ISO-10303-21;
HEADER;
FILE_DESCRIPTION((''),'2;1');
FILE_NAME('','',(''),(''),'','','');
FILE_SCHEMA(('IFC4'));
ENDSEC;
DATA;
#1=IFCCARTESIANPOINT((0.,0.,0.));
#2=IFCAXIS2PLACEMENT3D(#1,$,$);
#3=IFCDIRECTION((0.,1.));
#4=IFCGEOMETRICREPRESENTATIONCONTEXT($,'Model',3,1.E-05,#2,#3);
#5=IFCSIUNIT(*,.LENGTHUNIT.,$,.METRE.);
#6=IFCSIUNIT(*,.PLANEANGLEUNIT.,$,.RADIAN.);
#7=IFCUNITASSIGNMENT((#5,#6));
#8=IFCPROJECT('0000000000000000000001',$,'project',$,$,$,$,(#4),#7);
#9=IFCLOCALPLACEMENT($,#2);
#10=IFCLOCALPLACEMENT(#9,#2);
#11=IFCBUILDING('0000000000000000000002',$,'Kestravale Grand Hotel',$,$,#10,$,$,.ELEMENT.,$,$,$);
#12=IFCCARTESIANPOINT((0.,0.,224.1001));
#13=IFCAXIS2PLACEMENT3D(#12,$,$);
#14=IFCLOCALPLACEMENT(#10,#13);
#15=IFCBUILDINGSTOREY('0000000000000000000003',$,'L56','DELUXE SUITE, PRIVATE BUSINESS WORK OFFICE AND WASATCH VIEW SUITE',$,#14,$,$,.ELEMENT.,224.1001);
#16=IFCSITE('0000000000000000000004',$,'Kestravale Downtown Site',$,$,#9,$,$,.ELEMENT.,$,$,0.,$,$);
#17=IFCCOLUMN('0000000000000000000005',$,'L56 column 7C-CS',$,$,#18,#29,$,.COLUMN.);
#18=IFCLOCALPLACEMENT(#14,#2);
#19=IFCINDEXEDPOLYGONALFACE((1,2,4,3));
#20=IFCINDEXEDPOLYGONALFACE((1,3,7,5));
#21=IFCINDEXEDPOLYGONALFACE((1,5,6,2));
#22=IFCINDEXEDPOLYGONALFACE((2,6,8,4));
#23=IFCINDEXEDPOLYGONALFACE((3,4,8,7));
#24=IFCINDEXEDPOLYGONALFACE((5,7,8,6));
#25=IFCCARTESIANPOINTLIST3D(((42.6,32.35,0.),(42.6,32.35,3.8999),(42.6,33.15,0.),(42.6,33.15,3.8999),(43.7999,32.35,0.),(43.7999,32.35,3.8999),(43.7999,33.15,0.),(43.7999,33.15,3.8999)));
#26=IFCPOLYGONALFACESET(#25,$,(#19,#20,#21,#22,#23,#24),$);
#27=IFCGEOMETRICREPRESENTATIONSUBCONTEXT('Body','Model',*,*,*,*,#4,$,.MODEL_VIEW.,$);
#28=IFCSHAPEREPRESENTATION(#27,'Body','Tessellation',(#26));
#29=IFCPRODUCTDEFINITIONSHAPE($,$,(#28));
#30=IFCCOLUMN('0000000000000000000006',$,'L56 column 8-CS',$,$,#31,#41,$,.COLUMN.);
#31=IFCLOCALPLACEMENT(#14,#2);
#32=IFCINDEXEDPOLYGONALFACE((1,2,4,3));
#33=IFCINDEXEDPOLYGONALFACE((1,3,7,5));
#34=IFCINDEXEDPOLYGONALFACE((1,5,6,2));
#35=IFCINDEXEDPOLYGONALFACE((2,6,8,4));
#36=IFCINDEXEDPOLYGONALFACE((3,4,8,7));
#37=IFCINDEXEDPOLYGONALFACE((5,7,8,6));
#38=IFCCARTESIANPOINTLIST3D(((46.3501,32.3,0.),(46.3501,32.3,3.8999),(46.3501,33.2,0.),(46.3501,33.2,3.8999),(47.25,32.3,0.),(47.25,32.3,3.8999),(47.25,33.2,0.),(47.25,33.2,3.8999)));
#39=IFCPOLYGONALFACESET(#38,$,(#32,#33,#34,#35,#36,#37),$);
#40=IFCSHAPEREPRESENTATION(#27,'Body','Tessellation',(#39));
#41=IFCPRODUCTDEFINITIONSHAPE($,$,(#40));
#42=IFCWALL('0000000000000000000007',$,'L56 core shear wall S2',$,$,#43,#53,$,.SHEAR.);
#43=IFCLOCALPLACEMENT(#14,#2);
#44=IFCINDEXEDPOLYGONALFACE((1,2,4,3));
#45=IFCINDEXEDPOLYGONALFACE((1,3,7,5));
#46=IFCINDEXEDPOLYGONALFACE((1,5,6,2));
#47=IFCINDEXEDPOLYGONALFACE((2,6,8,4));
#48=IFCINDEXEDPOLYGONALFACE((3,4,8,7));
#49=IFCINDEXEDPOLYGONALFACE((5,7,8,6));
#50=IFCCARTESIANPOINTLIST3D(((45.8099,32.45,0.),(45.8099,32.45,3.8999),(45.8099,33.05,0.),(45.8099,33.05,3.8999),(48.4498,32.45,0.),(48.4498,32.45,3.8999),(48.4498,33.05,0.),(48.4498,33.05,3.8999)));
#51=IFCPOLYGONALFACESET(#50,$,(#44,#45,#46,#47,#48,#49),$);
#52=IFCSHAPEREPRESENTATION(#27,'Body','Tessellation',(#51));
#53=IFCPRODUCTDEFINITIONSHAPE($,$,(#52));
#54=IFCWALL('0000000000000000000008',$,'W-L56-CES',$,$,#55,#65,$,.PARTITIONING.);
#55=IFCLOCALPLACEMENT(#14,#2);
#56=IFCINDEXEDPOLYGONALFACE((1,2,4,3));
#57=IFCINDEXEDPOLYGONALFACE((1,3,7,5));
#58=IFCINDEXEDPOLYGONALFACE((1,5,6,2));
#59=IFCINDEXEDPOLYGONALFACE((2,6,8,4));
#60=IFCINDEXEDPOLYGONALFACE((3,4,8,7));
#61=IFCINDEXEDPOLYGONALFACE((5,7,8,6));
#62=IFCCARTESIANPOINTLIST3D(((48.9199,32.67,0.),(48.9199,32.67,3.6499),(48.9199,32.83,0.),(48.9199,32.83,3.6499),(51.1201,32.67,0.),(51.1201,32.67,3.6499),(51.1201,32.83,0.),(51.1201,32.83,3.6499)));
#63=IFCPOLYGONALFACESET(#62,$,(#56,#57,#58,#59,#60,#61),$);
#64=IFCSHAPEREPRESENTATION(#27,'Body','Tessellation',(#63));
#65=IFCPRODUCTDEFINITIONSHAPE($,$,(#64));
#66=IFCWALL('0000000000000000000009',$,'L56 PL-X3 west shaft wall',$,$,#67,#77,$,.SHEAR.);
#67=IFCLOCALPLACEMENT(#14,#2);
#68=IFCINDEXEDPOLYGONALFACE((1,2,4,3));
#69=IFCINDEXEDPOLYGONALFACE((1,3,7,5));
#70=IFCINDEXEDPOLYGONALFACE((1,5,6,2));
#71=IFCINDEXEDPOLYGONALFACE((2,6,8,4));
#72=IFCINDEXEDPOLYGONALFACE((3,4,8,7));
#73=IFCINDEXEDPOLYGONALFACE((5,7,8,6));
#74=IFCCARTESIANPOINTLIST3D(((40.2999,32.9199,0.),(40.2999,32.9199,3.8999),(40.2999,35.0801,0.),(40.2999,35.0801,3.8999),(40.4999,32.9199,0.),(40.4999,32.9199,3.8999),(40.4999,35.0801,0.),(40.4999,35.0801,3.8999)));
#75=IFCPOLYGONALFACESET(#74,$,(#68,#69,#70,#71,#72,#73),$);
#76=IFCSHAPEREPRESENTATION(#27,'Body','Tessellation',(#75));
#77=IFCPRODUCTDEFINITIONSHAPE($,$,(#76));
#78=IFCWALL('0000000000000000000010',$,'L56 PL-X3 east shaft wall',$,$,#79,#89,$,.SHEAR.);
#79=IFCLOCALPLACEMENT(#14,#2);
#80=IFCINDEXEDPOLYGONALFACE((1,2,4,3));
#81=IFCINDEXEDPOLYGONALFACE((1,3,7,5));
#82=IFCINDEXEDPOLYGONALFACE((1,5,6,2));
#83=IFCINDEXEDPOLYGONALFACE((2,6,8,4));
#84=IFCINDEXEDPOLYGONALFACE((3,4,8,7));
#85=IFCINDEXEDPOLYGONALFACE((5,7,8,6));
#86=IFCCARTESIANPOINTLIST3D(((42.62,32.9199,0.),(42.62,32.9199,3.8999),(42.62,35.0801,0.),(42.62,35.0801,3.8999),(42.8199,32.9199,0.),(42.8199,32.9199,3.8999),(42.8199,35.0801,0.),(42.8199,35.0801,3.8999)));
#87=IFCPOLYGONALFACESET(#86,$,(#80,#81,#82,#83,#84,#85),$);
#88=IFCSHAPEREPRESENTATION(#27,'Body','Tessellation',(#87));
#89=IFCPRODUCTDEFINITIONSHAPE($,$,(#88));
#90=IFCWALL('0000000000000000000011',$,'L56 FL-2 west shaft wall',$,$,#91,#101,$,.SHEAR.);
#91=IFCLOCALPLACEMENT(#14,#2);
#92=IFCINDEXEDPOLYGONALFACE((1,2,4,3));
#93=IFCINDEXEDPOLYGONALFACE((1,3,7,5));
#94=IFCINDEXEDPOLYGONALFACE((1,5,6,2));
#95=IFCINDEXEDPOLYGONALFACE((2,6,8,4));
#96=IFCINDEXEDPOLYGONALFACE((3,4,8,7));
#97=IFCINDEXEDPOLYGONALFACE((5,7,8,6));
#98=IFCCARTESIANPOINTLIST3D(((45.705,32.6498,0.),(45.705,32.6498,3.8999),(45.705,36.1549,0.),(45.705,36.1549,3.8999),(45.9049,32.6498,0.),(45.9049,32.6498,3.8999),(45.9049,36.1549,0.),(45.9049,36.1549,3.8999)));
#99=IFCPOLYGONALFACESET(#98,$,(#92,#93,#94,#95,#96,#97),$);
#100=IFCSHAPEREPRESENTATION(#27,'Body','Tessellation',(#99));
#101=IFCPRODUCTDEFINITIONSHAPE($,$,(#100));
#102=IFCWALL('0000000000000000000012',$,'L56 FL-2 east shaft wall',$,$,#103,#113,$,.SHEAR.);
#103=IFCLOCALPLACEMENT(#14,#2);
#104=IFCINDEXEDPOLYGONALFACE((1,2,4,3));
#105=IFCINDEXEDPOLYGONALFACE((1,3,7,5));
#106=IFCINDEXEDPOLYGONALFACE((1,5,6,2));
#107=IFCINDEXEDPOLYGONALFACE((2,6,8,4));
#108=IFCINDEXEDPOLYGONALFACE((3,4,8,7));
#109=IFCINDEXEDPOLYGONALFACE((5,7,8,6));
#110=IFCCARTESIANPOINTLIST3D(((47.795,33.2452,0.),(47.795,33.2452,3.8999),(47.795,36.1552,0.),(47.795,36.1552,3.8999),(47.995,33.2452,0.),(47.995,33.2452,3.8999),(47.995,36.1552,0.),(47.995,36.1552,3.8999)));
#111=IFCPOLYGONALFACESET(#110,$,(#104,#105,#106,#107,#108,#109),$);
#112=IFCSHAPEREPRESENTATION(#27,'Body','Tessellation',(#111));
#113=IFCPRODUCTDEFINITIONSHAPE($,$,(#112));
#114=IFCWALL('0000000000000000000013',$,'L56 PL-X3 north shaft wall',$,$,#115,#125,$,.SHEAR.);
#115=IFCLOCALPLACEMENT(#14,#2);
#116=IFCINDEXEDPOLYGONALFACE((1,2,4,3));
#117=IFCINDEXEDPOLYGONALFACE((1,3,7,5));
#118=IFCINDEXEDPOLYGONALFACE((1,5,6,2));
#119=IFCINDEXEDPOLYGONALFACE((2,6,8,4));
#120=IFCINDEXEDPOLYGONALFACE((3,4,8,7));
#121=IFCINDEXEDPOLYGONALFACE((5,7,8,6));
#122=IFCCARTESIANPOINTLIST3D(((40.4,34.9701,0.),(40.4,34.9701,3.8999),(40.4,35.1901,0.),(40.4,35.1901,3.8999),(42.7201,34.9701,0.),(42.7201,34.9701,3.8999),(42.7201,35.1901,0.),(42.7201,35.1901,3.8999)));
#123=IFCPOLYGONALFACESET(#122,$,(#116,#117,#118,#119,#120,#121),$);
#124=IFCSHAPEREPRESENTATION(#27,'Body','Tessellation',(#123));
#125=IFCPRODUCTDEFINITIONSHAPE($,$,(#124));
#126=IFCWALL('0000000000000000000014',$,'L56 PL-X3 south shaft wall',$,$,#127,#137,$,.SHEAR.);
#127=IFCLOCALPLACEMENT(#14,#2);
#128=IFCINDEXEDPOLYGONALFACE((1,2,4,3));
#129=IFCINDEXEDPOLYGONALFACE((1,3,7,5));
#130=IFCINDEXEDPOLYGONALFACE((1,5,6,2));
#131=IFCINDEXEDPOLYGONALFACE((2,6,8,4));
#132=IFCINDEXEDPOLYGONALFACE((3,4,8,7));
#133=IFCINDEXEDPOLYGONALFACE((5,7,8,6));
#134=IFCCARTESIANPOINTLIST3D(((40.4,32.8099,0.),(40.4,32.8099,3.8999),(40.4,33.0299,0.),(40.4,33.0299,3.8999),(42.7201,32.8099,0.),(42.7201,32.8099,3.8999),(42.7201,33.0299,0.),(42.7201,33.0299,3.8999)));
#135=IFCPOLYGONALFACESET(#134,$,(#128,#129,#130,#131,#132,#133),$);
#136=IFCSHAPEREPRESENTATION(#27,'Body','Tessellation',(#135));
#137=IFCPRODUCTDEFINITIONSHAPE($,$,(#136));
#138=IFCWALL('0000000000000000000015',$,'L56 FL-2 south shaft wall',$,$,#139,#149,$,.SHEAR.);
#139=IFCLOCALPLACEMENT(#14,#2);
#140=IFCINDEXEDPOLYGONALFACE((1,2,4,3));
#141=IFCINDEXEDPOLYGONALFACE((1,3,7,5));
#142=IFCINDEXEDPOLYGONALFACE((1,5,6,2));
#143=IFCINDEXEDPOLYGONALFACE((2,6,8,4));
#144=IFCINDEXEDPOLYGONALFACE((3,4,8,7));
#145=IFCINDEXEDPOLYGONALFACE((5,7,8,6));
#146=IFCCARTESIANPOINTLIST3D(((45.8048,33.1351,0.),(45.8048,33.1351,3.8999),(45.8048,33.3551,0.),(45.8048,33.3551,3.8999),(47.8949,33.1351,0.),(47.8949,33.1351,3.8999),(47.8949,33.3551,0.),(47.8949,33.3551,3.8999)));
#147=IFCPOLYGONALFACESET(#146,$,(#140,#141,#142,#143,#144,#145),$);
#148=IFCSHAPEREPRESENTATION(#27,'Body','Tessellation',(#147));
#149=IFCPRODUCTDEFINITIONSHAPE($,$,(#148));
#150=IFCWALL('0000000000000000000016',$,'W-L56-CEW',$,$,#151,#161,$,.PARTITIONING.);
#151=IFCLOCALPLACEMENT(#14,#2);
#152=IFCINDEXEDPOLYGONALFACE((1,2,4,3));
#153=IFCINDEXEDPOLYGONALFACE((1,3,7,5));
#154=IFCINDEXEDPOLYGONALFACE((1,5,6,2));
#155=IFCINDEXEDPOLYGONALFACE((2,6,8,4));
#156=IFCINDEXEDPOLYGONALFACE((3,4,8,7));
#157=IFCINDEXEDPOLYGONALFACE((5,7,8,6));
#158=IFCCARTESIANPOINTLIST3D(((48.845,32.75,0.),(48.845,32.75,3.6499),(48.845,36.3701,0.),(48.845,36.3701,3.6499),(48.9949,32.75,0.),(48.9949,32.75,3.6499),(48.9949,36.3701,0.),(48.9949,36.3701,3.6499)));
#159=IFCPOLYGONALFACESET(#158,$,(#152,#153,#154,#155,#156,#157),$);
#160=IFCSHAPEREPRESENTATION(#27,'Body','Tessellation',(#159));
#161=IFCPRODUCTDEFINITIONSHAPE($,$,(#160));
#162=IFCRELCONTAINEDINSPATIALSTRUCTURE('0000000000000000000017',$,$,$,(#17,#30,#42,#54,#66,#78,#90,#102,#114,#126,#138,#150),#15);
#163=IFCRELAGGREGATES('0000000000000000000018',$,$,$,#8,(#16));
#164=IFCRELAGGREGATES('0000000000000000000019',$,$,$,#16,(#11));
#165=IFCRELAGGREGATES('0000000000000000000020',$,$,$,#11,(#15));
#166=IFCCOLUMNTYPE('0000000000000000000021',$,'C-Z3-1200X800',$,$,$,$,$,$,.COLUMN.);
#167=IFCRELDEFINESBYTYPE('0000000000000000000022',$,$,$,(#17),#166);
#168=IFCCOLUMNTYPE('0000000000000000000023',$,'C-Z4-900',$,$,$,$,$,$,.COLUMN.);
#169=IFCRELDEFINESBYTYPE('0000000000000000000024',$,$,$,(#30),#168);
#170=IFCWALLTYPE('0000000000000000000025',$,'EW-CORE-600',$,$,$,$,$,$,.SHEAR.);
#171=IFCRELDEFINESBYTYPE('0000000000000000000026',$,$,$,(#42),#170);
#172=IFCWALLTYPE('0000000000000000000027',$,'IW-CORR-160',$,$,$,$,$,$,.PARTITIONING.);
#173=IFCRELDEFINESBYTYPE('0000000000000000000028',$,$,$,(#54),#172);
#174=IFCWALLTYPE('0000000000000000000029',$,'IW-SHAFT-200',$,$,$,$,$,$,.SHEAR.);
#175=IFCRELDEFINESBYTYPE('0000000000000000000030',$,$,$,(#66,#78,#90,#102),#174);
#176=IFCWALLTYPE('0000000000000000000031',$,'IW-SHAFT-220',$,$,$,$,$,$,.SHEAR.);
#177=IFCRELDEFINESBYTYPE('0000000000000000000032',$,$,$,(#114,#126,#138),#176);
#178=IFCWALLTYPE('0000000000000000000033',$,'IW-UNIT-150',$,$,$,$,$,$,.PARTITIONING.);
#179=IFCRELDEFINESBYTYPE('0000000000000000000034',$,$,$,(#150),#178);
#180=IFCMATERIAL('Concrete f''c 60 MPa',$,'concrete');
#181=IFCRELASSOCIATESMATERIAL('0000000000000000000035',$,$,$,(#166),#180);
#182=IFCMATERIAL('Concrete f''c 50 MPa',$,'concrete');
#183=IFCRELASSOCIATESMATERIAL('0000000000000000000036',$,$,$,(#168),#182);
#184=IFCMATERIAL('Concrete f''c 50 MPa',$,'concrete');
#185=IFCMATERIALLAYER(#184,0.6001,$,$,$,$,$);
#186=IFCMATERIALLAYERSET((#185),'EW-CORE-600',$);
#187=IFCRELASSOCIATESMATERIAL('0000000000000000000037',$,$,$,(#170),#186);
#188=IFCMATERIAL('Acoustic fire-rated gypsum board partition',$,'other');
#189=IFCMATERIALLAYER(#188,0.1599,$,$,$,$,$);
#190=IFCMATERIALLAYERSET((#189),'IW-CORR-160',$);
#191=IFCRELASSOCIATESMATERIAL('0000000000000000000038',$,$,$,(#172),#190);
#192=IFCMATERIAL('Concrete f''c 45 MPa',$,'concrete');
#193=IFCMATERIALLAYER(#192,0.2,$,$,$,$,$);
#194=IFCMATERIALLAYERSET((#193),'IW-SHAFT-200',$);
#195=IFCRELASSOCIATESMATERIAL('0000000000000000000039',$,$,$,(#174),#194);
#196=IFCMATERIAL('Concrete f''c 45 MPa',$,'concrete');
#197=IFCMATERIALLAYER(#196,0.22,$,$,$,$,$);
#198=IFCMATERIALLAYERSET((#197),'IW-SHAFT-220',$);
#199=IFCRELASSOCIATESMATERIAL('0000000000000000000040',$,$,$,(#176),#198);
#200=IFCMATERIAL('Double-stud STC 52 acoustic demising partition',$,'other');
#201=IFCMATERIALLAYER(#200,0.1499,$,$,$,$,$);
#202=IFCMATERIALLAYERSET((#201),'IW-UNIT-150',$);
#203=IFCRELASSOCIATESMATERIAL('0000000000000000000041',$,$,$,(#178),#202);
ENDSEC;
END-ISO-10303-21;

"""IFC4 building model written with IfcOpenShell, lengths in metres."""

from ifc_helpers import new_model, si_unit, direction, frame, frame_2d, origin, origin_2d, place, context, subcontext, project, spatial, rectangle, extrude, material, layer, layer_set, material_profile, profile_set, type_object, element, save


model = new_model("IFC4")

# Units and contexts
model_context = context("Model", 3, precision=1e-05, world=origin(), true_north=direction((0.0, 1.0)))
body_context = subcontext(model_context, "Body", "Model", "MODEL_VIEW")
ifc_project = project(units=[si_unit("LENGTHUNIT", "METRE"), si_unit("PLANEANGLEUNIT", "RADIAN")], contexts=[model_context])

# Site, building, storey
site_placement = place(None, origin())
site = spatial("IfcSite", under=ifc_project, at=site_placement, Name="Kestravale Downtown Site", CompositionType="ELEMENT", RefElevation=0.0)
building_placement = place(site_placement, origin())
building = spatial("IfcBuilding", under=site, at=building_placement, Name="Kestravale Grand Hotel", CompositionType="ELEMENT")
storey_placement = place(building_placement, frame((0.0, 0.0, 224.1001)))
storey = spatial("IfcBuildingStorey", under=building, at=storey_placement, Name="L56", Description="DELUXE SUITE, PRIVATE BUSINESS WORK OFFICE AND WASATCH VIEW SUITE", CompositionType="ELEMENT", Elevation=224.1001)

# Columns
ifc_material_1 = material(Name="Concrete f'c 60 MPa", Category="concrete")
ifc_material_profile_1 = material_profile(ifc_material_1, rectangle(XDim=1.2, YDim=0.8, at=origin_2d()))
ifc_profile_set_1 = profile_set([ifc_material_profile_1], Name="Concrete f'c 60 MPa")
column_type_1 = type_object("IfcColumnType", Name="C-Z3-1200X800", PredefinedType="COLUMN", material=ifc_profile_set_1)
column_1_placement = place(storey_placement, frame((43.2, 32.75, 0.0), z_axis=(0.0, 0.0, 1.0), x_axis=(1.0, 0.0, 0.0)))
element("IfcColumn", 1, at=column_1_placement, inside=storey, type_object=column_type_1, Name="L56 column 7C-CS", PredefinedType="COLUMN", context=body_context, shape_type="SweptSolid", body=[
    extrude(rectangle(XDim=1.2, YDim=0.8, at=origin_2d()), origin(), (0.0, 0.0, 1.0), 3.8999),
])
ifc_material_2 = material(Name="Concrete f'c 50 MPa", Category="concrete")
ifc_material_profile_2 = material_profile(ifc_material_2, rectangle(XDim=0.8999, YDim=0.8999, at=origin_2d()))
ifc_profile_set_2 = profile_set([ifc_material_profile_2], Name="Concrete f'c 50 MPa")
column_type_2 = type_object("IfcColumnType", Name="C-Z4-900", PredefinedType="COLUMN", material=ifc_profile_set_2)
column_2_placement = place(storey_placement, frame((46.8, 32.75, 0.0), z_axis=(0.0, 0.0, 1.0), x_axis=(1.0, 0.0, 0.0)))
element("IfcColumn", 2, at=column_2_placement, inside=storey, type_object=column_type_2, Name="L56 column 8-CS", PredefinedType="COLUMN", context=body_context, shape_type="SweptSolid", body=[
    extrude(rectangle(XDim=0.8999, YDim=0.8999, at=origin_2d()), origin(), (0.0, 0.0, 1.0), 3.8999),
])

# Wall
ifc_material_3 = material(Name="Concrete f'c 50 MPa", Category="concrete")
ifc_layer_1 = layer(ifc_material_3, 0.6001)
ifc_layer_set_1 = layer_set([ifc_layer_1], Name="EW-CORE-600")
wall_type_1 = type_object("IfcWallType", Name="EW-CORE-600", PredefinedType="SHEAR", material=ifc_layer_set_1)
wall_1_placement = place(storey_placement, frame((45.8101, 32.75, 0.0), z_axis=(0.0, 0.0, 1.0), x_axis=(1.0, 0.0, 0.0)))
element("IfcWall", 3, at=wall_1_placement, inside=storey, type_object=wall_type_1, Name="L56 core shear wall S2", PredefinedType="SHEAR", context=body_context, shape_type="SweptSolid", body=[
    extrude(rectangle(XDim=2.6399, YDim=0.6001, at=frame_2d((1.3198, 0.0))), origin(), (0.0, 0.0, 1.0), 3.8999),
])

# Wall
ifc_material_4 = material(Name="Acoustic fire-rated gypsum board partition", Category="other")
ifc_layer_2 = layer(ifc_material_4, 0.1599)
ifc_layer_set_2 = layer_set([ifc_layer_2], Name="IW-CORR-160")
wall_type_2 = type_object("IfcWallType", Name="IW-CORR-160", PredefinedType="PARTITIONING", material=ifc_layer_set_2)
wall_2_placement = place(storey_placement, frame((48.9199, 32.75, 0.0), z_axis=(0.0, 0.0, 1.0), x_axis=(1.0, 0.0, 0.0)))
element("IfcWall", 4, at=wall_2_placement, inside=storey, type_object=wall_type_2, Name="W-L56-CES", PredefinedType="PARTITIONING", context=body_context, shape_type="SweptSolid", body=[
    extrude(rectangle(XDim=2.2002, YDim=0.1599, at=frame_2d((1.1001, 0.0))), origin(), (0.0, 0.0, 1.0), 3.6499),
])

# Walls
ifc_material_5 = material(Name="Concrete f'c 45 MPa", Category="concrete")
ifc_layer_3 = layer(ifc_material_5, 0.2)
ifc_layer_set_3 = layer_set([ifc_layer_3], Name="IW-SHAFT-200")
wall_type_3 = type_object("IfcWallType", Name="IW-SHAFT-200", PredefinedType="SHEAR", material=ifc_layer_set_3)
for number, where, z_axis, x_axis, name in (
    (5, (40.3999, 32.9199, 0.0), (0.0, 0.0, 1.0), (0.0, 1.0, 0.0), "L56 PL-X3 west shaft wall"),
    (6, (42.72, 32.9199, 0.0), (0.0, 0.0, 1.0), (0.0, 1.0, 0.0), "L56 PL-X3 east shaft wall"),
):
    element("IfcWall", number, at=place(storey_placement, frame(where, z_axis=z_axis, x_axis=x_axis)), inside=storey, type_object=wall_type_3, Name=name, PredefinedType="SHEAR", context=body_context, shape_type="SweptSolid", body=[
        extrude(rectangle(XDim=2.1602, YDim=0.2, at=frame_2d((1.0801, 0.0))), origin(), (0.0, 0.0, 1.0), 3.8999),
    ])
wall_3_placement = place(storey_placement, frame((45.8049, 32.6499, 0.0), z_axis=(0.0, 0.0, 1.0), x_axis=(0.0, 1.0, 0.0)))
element("IfcWall", 7, at=wall_3_placement, inside=storey, type_object=wall_type_3, Name="L56 FL-2 west shaft wall", PredefinedType="SHEAR", context=body_context, shape_type="SweptSolid", body=[
    extrude(rectangle(XDim=3.5051, YDim=0.2, at=frame_2d((1.7524, 0.0))), origin(), (0.0, 0.0, 1.0), 3.8999),
])
wall_4_placement = place(storey_placement, frame((47.895, 33.2451, 0.0), z_axis=(0.0, 0.0, 1.0), x_axis=(0.0, 1.0, 0.0)))
element("IfcWall", 8, at=wall_4_placement, inside=storey, type_object=wall_type_3, Name="L56 FL-2 east shaft wall", PredefinedType="SHEAR", context=body_context, shape_type="SweptSolid", body=[
    extrude(rectangle(XDim=2.9099, YDim=0.2, at=frame_2d((1.4551, 0.0))), origin(), (0.0, 0.0, 1.0), 3.8999),
])

# Shared definitions
ifc_material_6 = material(Name="Concrete f'c 45 MPa", Category="concrete")
ifc_layer_4 = layer(ifc_material_6, 0.22)
ifc_layer_set_4 = layer_set([ifc_layer_4], Name="IW-SHAFT-220")
wall_type_4 = type_object("IfcWallType", Name="IW-SHAFT-220", PredefinedType="SHEAR", material=ifc_layer_set_4)

# Walls
for number, where, z_axis, x_axis, name in (
    (9, (40.3999, 35.0801, 0.0), (0.0, 0.0, 1.0), (1.0, 0.0, 0.0), "L56 PL-X3 north shaft wall"),
    (10, (40.3999, 32.9199, 0.0), (0.0, 0.0, 1.0), (1.0, 0.0, 0.0), "L56 PL-X3 south shaft wall"),
):
    element("IfcWall", number, at=place(storey_placement, frame(where, z_axis=z_axis, x_axis=x_axis)), inside=storey, type_object=wall_type_4, Name=name, PredefinedType="SHEAR", context=body_context, shape_type="SweptSolid", body=[
        extrude(rectangle(XDim=2.3201, YDim=0.22, at=frame_2d((1.1602, 0.0))), origin(), (0.0, 0.0, 1.0), 3.8999),
    ])

# Walls
wall_5_placement = place(storey_placement, frame((45.8049, 33.2451, 0.0), z_axis=(0.0, 0.0, 1.0), x_axis=(1.0, 0.0, 0.0)))
element("IfcWall", 11, at=wall_5_placement, inside=storey, type_object=wall_type_4, Name="L56 FL-2 south shaft wall", PredefinedType="SHEAR", context=body_context, shape_type="SweptSolid", body=[
    extrude(rectangle(XDim=2.0901, YDim=0.22, at=frame_2d((1.0449, 0.0))), origin(), (0.0, 0.0, 1.0), 3.8999),
])
ifc_material_7 = material(Name="Double-stud STC 52 acoustic demising partition", Category="other")
ifc_layer_5 = layer(ifc_material_7, 0.1499)
ifc_layer_set_5 = layer_set([ifc_layer_5], Name="IW-UNIT-150")
wall_type_5 = type_object("IfcWallType", Name="IW-UNIT-150", PredefinedType="PARTITIONING", material=ifc_layer_set_5)
wall_6_placement = place(storey_placement, frame((48.9199, 32.75, 0.0), z_axis=(0.0, 0.0, 1.0), x_axis=(0.0, 1.0, 0.0)))
element("IfcWall", 12, at=wall_6_placement, inside=storey, type_object=wall_type_5, Name="W-L56-CEW", PredefinedType="PARTITIONING", context=body_context, shape_type="SweptSolid", body=[
    extrude(rectangle(XDim=3.6201, YDim=0.1499, at=frame_2d((1.8101, 0.0))), origin(), (0.0, 0.0, 1.0), 3.6499),
])

save(model, "model.ifc")
